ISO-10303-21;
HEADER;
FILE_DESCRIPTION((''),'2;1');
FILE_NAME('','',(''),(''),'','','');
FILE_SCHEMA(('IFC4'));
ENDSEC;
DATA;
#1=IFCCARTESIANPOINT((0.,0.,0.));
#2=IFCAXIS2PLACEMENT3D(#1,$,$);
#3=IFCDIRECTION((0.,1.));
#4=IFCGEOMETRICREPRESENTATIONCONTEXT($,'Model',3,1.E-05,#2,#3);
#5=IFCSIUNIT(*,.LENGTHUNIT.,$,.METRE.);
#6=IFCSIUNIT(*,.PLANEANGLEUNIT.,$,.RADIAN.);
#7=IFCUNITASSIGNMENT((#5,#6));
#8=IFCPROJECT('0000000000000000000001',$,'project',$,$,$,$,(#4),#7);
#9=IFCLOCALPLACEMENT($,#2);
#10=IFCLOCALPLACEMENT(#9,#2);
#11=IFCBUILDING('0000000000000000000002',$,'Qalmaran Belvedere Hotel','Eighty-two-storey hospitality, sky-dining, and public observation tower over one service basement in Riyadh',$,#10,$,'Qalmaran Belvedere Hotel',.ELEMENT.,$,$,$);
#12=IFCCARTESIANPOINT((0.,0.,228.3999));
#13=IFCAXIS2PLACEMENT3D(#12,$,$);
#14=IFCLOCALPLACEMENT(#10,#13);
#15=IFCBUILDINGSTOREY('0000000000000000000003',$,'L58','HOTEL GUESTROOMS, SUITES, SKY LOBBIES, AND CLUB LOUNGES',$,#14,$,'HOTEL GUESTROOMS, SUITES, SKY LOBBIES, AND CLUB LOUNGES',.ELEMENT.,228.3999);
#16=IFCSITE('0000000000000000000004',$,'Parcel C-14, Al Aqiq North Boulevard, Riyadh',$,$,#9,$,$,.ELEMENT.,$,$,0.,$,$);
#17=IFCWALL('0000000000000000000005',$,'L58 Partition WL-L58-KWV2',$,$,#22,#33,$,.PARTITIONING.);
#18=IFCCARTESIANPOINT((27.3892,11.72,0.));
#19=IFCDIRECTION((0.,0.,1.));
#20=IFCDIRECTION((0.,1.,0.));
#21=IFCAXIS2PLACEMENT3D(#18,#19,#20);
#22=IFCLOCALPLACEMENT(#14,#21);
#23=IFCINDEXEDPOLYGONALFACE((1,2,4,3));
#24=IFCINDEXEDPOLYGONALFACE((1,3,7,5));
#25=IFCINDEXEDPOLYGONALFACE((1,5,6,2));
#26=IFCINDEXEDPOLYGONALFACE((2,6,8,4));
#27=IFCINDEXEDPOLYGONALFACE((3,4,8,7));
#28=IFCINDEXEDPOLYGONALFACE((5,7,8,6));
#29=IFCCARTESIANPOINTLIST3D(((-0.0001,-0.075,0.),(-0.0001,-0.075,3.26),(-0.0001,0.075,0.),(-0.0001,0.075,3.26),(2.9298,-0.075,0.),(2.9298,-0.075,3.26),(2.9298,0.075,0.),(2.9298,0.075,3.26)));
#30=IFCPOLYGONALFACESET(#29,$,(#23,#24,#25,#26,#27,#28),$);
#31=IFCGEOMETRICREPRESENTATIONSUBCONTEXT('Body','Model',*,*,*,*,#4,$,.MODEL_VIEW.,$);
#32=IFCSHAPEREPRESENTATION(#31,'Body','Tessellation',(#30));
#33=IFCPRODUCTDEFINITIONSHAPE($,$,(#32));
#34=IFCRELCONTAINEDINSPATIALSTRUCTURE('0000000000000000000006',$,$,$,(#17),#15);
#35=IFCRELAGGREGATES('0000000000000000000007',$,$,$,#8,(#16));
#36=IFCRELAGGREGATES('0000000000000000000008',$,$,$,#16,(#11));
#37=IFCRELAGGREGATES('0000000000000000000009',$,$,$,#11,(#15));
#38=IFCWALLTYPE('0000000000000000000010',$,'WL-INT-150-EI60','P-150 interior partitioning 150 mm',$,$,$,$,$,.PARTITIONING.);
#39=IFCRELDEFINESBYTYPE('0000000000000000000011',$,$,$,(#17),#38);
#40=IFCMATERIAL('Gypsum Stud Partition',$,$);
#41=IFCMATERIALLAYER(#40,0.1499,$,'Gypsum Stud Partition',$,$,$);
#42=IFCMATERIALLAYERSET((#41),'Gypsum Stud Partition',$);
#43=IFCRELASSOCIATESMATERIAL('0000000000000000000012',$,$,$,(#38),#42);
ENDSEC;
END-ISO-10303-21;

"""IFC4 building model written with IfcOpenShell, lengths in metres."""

from ifc_helpers import new_model, si_unit, direction, frame, frame_2d, origin, place, context, subcontext, project, spatial, rectangle, extrude, material, layer, layer_set, type_object, element, save


model = new_model("IFC4")

# Units and contexts
model_context = context("Model", 3, precision=1e-05, world=origin(), true_north=direction((0.0, 1.0)))
body_context = subcontext(model_context, "Body", "Model", "MODEL_VIEW")
ifc_project = project(units=[si_unit("LENGTHUNIT", "METRE"), si_unit("PLANEANGLEUNIT", "RADIAN")], contexts=[model_context])

# Site, building, storey
site_placement = place(None, origin())
site = spatial("IfcSite", under=ifc_project, at=site_placement, Name="Parcel C-14, Al Aqiq North Boulevard, Riyadh", CompositionType="ELEMENT", RefElevation=0.0)
building_placement = place(site_placement, origin())
building = spatial("IfcBuilding", under=site, at=building_placement, Name="Qalmaran Belvedere Hotel", Description="Eighty-two-storey hospitality, sky-dining, and public observation tower over one service basement in Riyadh", LongName="Qalmaran Belvedere Hotel", CompositionType="ELEMENT")
storey_placement = place(building_placement, frame((0.0, 0.0, 228.3999)))
storey = spatial("IfcBuildingStorey", under=building, at=storey_placement, Name="L58", Description="HOTEL GUESTROOMS, SUITES, SKY LOBBIES, AND CLUB LOUNGES", LongName="HOTEL GUESTROOMS, SUITES, SKY LOBBIES, AND CLUB LOUNGES", CompositionType="ELEMENT", Elevation=228.3999)

# Wall
ifc_material_1 = material(Name="Gypsum Stud Partition")
ifc_layer_1 = layer(ifc_material_1, 0.1499, Name="Gypsum Stud Partition")
ifc_layer_set_1 = layer_set([ifc_layer_1], Name="Gypsum Stud Partition")
wall_type_1 = type_object("IfcWallType", Name="WL-INT-150-EI60", Description="P-150 interior partitioning 150 mm", PredefinedType="PARTITIONING", material=ifc_layer_set_1)
wall_1_placement = place(storey_placement, frame((27.3892, 11.72, 0.0), z_axis=(0.0, 0.0, 1.0), x_axis=(0.0, 1.0, 0.0)))
element("IfcWall", 1, at=wall_1_placement, inside=storey, type_object=wall_type_1, Name="L58 Partition WL-L58-KWV2", PredefinedType="PARTITIONING", context=body_context, shape_type="SweptSolid", body=[
    extrude(rectangle(XDim=2.9299, YDim=0.1499, at=frame_2d((1.4648, 0.0))), origin(), (0.0, 0.0, 1.0), 3.26),
])

save(model, "model.ifc")
